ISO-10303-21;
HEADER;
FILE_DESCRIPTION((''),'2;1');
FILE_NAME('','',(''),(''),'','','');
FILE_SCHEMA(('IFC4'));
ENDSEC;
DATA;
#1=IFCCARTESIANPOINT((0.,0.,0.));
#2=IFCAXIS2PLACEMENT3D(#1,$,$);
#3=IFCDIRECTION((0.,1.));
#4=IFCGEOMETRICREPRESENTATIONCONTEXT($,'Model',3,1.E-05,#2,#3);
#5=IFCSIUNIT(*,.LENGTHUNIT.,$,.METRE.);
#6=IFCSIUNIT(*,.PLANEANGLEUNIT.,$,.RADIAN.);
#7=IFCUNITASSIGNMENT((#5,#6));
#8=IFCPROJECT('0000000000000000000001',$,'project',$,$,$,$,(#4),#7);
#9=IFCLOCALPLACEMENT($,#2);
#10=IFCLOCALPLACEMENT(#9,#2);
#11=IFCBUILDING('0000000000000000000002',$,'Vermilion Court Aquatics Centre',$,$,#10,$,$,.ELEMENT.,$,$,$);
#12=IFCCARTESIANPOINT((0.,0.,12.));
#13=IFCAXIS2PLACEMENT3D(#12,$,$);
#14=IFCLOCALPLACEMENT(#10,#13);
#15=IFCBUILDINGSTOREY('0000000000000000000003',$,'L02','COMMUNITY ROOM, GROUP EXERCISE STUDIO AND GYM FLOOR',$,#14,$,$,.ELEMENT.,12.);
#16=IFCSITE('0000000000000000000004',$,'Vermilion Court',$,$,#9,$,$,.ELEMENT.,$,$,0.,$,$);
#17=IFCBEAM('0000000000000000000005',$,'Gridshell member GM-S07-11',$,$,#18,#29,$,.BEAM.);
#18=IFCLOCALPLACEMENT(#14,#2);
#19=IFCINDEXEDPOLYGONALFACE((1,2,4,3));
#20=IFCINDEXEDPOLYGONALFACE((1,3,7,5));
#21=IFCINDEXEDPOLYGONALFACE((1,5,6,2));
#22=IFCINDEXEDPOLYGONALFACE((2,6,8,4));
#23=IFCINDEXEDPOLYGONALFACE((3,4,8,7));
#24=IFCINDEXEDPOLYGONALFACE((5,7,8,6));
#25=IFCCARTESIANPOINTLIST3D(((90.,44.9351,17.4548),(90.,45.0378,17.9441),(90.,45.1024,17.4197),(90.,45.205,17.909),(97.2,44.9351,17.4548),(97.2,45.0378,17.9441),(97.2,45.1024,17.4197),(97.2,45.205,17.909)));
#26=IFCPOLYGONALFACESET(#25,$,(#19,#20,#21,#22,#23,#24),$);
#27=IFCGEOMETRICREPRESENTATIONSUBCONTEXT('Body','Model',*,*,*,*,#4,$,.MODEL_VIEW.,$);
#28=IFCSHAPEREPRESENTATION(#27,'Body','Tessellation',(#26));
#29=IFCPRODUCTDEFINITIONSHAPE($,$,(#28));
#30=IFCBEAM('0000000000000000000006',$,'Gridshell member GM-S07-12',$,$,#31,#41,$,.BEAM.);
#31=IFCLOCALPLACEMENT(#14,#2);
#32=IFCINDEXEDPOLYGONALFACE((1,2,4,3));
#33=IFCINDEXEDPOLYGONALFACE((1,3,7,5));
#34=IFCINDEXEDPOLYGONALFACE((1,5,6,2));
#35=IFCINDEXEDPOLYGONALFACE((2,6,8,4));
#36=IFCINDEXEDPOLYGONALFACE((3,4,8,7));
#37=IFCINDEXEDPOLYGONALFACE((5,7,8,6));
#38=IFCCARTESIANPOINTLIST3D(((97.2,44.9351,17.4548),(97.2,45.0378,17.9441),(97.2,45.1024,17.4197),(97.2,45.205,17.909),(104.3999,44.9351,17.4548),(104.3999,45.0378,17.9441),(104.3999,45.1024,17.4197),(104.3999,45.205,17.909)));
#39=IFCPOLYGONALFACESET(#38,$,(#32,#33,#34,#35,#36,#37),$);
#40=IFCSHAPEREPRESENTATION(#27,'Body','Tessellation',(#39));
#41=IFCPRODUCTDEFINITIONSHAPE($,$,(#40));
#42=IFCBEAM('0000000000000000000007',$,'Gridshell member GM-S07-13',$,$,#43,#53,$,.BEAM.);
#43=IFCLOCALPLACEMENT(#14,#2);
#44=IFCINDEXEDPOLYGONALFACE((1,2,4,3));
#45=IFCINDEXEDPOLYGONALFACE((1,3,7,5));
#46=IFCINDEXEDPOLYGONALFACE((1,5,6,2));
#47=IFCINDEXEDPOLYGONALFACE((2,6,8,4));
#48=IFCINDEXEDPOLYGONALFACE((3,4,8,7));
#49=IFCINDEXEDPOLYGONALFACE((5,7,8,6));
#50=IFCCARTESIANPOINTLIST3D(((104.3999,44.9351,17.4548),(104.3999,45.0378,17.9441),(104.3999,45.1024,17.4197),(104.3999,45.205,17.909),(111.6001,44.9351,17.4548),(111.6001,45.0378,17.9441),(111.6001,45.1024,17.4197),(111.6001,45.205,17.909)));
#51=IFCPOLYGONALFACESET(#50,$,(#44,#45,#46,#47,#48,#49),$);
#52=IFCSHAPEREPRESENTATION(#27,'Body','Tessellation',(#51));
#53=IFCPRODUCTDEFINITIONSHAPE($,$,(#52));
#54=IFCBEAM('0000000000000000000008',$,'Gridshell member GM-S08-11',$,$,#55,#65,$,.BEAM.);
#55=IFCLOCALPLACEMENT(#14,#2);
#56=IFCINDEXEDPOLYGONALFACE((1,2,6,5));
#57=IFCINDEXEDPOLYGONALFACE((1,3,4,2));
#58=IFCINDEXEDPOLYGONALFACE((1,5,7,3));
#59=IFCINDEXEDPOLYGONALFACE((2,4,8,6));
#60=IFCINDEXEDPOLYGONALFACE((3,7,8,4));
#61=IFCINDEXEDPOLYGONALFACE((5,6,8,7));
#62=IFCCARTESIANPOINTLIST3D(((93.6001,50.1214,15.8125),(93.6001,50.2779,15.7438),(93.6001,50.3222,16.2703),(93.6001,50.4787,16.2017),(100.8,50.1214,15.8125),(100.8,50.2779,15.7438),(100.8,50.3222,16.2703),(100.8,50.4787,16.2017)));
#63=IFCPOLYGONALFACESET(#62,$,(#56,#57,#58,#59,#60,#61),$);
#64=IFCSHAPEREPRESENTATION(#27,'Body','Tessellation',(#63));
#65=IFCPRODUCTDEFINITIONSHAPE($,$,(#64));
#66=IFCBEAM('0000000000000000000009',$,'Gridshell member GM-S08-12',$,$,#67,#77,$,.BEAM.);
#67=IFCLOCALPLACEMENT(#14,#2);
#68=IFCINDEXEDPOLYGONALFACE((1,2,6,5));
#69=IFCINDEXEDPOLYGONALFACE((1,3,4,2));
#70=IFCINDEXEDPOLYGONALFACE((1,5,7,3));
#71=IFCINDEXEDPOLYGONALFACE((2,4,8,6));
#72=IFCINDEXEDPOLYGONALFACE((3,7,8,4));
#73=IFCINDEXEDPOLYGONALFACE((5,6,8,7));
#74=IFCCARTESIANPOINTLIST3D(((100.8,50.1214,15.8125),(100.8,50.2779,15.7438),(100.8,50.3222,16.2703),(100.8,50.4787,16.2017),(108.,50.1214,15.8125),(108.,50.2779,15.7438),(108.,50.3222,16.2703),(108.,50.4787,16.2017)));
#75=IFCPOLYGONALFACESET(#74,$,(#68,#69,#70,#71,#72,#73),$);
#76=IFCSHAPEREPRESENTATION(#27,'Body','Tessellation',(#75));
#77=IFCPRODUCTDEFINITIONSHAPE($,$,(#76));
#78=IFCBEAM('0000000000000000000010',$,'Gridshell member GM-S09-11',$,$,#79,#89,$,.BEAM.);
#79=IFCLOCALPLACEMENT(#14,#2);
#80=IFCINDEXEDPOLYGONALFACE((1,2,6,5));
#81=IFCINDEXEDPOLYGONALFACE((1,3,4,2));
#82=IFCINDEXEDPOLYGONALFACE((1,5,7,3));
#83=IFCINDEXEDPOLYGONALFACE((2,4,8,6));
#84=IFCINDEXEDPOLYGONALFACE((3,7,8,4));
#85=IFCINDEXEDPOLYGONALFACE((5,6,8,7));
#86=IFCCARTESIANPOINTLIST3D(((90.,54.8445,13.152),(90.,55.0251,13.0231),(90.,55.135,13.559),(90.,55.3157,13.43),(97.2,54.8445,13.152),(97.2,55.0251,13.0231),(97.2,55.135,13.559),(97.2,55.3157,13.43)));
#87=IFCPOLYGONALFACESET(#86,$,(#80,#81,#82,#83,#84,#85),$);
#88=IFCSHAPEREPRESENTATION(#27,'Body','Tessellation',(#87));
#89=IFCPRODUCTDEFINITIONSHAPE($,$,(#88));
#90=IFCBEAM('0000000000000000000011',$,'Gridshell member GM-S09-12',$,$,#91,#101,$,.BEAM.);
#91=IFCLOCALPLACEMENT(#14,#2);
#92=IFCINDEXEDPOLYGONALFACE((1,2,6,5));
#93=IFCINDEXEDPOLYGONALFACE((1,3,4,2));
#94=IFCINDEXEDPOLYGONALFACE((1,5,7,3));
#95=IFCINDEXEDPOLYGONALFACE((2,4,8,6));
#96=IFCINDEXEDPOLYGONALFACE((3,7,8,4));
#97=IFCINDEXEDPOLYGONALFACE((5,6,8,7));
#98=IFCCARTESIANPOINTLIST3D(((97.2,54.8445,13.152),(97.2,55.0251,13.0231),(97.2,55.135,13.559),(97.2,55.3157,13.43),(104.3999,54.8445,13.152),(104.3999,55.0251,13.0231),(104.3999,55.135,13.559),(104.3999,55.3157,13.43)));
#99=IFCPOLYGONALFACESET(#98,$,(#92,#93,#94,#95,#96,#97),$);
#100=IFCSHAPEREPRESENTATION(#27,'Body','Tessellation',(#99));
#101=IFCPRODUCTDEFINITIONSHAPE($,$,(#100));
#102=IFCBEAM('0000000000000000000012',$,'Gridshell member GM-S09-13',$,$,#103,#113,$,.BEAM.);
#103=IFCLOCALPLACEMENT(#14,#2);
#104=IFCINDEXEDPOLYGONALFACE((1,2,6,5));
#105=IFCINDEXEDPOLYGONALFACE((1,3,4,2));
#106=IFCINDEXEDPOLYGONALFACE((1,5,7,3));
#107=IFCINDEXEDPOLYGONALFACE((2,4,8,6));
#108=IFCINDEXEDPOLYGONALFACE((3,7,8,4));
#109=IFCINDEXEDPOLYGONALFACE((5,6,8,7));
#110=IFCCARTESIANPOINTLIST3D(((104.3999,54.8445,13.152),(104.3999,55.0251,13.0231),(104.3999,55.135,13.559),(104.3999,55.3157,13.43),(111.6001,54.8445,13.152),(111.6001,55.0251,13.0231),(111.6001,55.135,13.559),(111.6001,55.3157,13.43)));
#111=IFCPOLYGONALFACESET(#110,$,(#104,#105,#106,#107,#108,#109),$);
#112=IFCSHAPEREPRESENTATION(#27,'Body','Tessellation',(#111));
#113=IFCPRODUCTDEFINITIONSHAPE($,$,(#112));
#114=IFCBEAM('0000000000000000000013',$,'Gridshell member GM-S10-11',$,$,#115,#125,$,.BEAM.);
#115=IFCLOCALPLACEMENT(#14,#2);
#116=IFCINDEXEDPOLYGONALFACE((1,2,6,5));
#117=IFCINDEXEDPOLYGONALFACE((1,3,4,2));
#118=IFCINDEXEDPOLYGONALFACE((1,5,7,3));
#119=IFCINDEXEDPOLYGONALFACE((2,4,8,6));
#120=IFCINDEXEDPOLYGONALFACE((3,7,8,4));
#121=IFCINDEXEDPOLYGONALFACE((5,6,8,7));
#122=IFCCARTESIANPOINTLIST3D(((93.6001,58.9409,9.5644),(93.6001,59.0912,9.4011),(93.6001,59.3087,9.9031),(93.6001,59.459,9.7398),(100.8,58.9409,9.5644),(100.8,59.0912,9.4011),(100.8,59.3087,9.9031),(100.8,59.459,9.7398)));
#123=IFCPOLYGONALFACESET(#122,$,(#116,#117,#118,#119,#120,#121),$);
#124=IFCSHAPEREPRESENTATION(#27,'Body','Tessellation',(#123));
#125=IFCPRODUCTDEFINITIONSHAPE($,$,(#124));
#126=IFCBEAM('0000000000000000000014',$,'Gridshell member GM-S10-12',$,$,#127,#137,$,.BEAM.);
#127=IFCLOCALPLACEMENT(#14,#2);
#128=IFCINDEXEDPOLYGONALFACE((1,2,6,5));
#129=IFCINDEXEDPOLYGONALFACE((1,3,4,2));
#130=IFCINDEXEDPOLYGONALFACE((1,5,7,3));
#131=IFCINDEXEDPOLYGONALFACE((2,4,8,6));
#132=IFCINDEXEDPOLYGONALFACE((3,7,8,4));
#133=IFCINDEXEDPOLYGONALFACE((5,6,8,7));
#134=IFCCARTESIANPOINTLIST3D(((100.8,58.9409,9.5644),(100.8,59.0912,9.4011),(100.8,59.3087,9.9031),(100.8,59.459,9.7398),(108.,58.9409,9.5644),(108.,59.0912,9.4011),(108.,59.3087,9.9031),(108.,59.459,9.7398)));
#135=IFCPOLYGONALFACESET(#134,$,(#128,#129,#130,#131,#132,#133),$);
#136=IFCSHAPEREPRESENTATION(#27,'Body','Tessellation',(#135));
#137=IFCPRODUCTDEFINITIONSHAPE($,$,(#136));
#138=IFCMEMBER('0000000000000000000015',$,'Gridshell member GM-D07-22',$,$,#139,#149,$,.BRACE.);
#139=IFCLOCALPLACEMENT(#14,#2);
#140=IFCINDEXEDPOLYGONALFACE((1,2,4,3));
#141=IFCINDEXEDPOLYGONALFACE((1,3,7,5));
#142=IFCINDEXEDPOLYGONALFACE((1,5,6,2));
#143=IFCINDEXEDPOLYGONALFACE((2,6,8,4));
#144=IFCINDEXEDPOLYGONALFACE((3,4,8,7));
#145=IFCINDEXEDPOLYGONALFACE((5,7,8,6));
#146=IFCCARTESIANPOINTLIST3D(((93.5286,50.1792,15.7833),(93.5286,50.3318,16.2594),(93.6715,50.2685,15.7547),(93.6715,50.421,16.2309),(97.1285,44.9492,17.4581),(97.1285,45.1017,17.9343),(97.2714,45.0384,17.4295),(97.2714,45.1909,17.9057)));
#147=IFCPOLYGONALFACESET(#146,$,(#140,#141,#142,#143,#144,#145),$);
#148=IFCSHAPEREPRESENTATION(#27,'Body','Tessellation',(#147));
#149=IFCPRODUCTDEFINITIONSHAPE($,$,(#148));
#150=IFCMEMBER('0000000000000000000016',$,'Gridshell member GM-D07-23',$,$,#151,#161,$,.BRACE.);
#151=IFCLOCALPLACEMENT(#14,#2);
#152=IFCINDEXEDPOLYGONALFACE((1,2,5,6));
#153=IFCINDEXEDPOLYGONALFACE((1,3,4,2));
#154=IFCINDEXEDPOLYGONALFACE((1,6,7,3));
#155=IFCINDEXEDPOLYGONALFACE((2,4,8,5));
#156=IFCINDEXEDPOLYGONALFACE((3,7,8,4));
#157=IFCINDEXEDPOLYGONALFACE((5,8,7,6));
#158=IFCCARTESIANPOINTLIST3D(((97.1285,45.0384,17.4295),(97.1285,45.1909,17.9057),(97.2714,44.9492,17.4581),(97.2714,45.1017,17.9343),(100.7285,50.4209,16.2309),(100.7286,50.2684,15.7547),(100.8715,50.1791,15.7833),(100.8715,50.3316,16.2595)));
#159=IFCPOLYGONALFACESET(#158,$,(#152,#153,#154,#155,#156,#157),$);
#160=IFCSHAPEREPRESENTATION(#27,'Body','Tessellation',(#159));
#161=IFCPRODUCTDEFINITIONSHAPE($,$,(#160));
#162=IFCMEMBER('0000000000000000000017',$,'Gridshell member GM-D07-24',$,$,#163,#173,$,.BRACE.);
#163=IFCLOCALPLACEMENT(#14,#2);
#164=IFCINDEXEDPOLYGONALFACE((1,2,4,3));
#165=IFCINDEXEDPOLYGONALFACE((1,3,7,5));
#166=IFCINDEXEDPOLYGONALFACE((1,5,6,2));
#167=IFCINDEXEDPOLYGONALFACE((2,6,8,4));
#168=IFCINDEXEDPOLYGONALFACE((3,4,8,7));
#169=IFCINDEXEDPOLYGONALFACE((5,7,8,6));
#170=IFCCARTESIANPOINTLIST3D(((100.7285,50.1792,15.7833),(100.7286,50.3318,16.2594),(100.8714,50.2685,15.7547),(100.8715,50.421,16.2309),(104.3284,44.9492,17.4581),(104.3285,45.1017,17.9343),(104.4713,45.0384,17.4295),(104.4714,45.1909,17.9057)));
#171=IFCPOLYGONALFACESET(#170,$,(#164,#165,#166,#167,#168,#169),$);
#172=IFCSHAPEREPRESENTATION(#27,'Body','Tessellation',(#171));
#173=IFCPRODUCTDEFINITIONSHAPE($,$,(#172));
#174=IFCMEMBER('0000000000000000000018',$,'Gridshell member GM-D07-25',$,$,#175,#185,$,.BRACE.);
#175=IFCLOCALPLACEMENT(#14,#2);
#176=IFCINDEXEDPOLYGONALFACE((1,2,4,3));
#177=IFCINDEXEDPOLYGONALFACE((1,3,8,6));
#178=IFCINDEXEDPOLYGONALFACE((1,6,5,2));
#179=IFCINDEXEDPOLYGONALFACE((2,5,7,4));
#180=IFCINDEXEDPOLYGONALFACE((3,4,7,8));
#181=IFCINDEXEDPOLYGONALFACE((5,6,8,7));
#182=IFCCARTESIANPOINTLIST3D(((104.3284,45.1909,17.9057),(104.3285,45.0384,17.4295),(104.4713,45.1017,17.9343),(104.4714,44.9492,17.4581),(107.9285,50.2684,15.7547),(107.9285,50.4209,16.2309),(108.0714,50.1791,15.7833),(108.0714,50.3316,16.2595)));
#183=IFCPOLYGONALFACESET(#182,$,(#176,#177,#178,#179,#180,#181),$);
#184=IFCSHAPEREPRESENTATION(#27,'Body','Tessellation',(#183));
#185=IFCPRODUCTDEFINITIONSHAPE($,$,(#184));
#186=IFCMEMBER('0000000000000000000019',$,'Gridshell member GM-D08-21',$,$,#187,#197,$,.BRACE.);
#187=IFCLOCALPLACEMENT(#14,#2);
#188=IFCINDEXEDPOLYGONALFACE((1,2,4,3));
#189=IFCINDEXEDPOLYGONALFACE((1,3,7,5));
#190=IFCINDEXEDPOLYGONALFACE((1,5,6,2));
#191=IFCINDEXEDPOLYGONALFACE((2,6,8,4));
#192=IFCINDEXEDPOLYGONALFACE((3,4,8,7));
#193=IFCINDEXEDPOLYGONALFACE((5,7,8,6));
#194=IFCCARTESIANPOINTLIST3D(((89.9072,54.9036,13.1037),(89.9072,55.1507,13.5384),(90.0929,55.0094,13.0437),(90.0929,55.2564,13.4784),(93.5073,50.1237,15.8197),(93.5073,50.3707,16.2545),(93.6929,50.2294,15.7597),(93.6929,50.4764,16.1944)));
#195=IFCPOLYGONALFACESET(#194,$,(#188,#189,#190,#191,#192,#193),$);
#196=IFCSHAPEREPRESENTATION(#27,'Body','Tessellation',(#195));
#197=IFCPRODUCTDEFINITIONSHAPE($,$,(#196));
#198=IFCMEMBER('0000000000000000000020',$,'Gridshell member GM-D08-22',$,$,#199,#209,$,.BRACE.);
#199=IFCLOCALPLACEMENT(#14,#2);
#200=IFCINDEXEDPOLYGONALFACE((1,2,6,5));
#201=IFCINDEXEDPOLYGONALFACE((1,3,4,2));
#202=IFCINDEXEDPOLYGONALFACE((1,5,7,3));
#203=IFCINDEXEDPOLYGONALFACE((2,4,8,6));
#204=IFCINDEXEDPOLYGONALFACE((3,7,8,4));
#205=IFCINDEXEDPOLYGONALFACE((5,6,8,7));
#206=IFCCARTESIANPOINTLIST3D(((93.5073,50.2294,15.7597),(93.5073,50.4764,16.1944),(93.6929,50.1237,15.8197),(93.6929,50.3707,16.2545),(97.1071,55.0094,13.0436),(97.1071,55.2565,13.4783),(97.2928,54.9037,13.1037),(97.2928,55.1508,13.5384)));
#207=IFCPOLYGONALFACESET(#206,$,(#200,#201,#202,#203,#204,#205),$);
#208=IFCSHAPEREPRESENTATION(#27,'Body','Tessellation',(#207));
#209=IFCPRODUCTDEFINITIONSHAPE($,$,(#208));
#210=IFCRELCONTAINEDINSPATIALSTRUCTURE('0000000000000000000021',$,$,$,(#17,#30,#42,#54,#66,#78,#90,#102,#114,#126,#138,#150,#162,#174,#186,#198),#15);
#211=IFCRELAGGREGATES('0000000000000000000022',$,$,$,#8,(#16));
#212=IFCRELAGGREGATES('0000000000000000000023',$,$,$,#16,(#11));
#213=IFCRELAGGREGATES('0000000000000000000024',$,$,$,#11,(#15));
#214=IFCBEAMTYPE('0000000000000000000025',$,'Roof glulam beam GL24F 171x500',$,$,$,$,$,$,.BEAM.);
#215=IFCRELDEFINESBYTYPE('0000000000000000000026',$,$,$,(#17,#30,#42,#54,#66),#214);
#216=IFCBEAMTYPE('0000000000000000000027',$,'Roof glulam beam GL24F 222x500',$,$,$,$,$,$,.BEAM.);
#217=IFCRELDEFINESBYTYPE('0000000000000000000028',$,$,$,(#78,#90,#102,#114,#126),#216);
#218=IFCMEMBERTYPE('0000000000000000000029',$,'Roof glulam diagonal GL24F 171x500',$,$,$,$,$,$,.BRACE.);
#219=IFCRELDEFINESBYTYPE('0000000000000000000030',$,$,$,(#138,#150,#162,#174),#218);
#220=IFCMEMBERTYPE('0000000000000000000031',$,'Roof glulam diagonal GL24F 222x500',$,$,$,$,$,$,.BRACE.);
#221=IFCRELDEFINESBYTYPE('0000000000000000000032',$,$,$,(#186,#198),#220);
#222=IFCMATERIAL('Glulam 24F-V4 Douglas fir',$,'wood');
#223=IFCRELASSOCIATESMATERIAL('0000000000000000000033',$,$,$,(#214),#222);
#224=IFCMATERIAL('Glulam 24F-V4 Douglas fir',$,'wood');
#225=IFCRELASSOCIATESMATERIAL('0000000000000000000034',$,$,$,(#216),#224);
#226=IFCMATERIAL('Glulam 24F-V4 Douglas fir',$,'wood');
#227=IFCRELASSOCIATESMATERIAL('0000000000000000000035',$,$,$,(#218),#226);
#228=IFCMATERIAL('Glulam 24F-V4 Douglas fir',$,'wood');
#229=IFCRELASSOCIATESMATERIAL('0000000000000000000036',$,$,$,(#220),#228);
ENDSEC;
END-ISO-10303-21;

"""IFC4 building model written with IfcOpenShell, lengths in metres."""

from ifc_helpers import new_model, si_unit, direction, frame, origin, origin_2d, place, context, subcontext, project, spatial, rectangle, extrude, material, material_profile, profile_set, type_object, element, save


model = new_model("IFC4")

# Units and contexts
model_context = context("Model", 3, precision=1e-05, world=origin(), true_north=direction((0.0, 1.0)))
body_context = subcontext(model_context, "Body", "Model", "MODEL_VIEW")
ifc_project = project(units=[si_unit("LENGTHUNIT", "METRE"), si_unit("PLANEANGLEUNIT", "RADIAN")], contexts=[model_context])

# Site, building, storey
site_placement = place(None, origin())
site = spatial("IfcSite", under=ifc_project, at=site_placement, Name="Vermilion Court", CompositionType="ELEMENT", RefElevation=0.0)
building_placement = place(site_placement, origin())
building = spatial("IfcBuilding", under=site, at=building_placement, Name="Vermilion Court Aquatics Centre", CompositionType="ELEMENT")
storey_placement = place(building_placement, frame((0.0, 0.0, 12.0)))
storey = spatial("IfcBuildingStorey", under=building, at=storey_placement, Name="L02", Description="COMMUNITY ROOM, GROUP EXERCISE STUDIO AND GYM FLOOR", CompositionType="ELEMENT", Elevation=12.0)

# Beams
ifc_material_1 = material(Name="Glulam 24F-V4 Douglas fir", Category="wood")
ifc_material_profile_1 = material_profile(ifc_material_1, rectangle(XDim=0.1709, YDim=0.5, at=origin_2d()), Name="GL24F 171x500")
ifc_profile_set_1 = profile_set([ifc_material_profile_1], Name="Glulam 24F-V4 Douglas fir")
beam_type_1 = type_object("IfcBeamType", Name="Roof glulam beam GL24F 171x500", PredefinedType="BEAM", material=ifc_profile_set_1)
for number, where, z_axis, x_axis, name in (
    (1, (90.0, 45.0701, 17.6819), (1.0, 0.0, 0.0), (0.0, 0.978692, -0.205333), "Gridshell member GM-S07-11"),
    (2, (97.2, 45.0701, 17.6819), (1.0, 0.0, 0.0), (0.0, 0.978692, -0.205333), "Gridshell member GM-S07-12"),
):
    element("IfcBeam", number, at=place(storey_placement, frame(where, z_axis=z_axis, x_axis=x_axis)), inside=storey, type_object=beam_type_1, Name=name, PredefinedType="BEAM", context=body_context, shape_type="SweptSolid", body=[
        extrude(rectangle(XDim=0.1709, YDim=0.5, at=origin_2d()), origin(), (0.0, 0.0, 1.0), 7.2),
    ])
beam_1_placement = place(storey_placement, frame((104.3999, 45.0701, 17.6819), z_axis=(1.0, 0.0, 0.0), x_axis=(0.0, 0.978692, -0.205333)))
element("IfcBeam", 3, at=beam_1_placement, inside=storey, type_object=beam_type_1, Name="Gridshell member GM-S07-13", PredefinedType="BEAM", context=body_context, shape_type="SweptSolid", body=[
    extrude(rectangle(XDim=0.1709, YDim=0.5, at=origin_2d()), origin(), (0.0, 0.0, 1.0), 7.2002),
])
for number, where, z_axis, x_axis, name in (
    (4, (93.6001, 50.3, 16.0071), (1.0, 0.0, 0.0), (0.0, 0.915794, -0.401648), "Gridshell member GM-S08-11"),
    (5, (100.8, 50.3, 16.0071), (1.0, 0.0, 0.0), (0.0, 0.915794, -0.401648), "Gridshell member GM-S08-12"),
):
    element("IfcBeam", number, at=place(storey_placement, frame(where, z_axis=z_axis, x_axis=x_axis)), inside=storey, type_object=beam_type_1, Name=name, PredefinedType="BEAM", context=body_context, shape_type="SweptSolid", body=[
        extrude(rectangle(XDim=0.1709, YDim=0.5, at=origin_2d()), origin(), (0.0, 0.0, 1.0), 7.2),
    ])
ifc_material_2 = material(Name="Glulam 24F-V4 Douglas fir", Category="wood")
ifc_material_profile_2 = material_profile(ifc_material_2, rectangle(XDim=0.2219, YDim=0.5, at=origin_2d()), Name="GL24F 222x500")
ifc_profile_set_2 = profile_set([ifc_material_profile_2], Name="Glulam 24F-V4 Douglas fir")
beam_type_2 = type_object("IfcBeamType", Name="Roof glulam beam GL24F 222x500", PredefinedType="BEAM", material=ifc_profile_set_2)
for number, where, z_axis, x_axis, name in (
    (6, (90.0, 55.0801, 13.291), (1.0, 0.0, 0.0), (0.0, 0.813848, -0.581078), "Gridshell member GM-S09-11"),
    (7, (97.2, 55.0801, 13.291), (1.0, 0.0, 0.0), (0.0, 0.813848, -0.581078), "Gridshell member GM-S09-12"),
):
    element("IfcBeam", number, at=place(storey_placement, frame(where, z_axis=z_axis, x_axis=x_axis)), inside=storey, type_object=beam_type_2, Name=name, PredefinedType="BEAM", context=body_context, shape_type="SweptSolid", body=[
        extrude(rectangle(XDim=0.2219, YDim=0.5, at=origin_2d()), origin(), (0.0, 0.0, 1.0), 7.2),
    ])
beam_2_placement = place(storey_placement, frame((104.3999, 55.0801, 13.291), z_axis=(1.0, 0.0, 0.0), x_axis=(0.0, 0.813848, -0.581078)))
element("IfcBeam", 8, at=beam_2_placement, inside=storey, type_object=beam_type_2, Name="Gridshell member GM-S09-13", PredefinedType="BEAM", context=body_context, shape_type="SweptSolid", body=[
    extrude(rectangle(XDim=0.2219, YDim=0.5, at=origin_2d()), origin(), (0.0, 0.0, 1.0), 7.2002),
])
for number, where, z_axis, x_axis, name in (
    (9, (93.6001, 59.2, 9.6521), (1.0, 0.0, 0.0), (0.0, 0.67726, -0.735744), "Gridshell member GM-S10-11"),
    (10, (100.8, 59.2, 9.6521), (1.0, 0.0, 0.0), (0.0, 0.67726, -0.735744), "Gridshell member GM-S10-12"),
):
    element("IfcBeam", number, at=place(storey_placement, frame(where, z_axis=z_axis, x_axis=x_axis)), inside=storey, type_object=beam_type_2, Name=name, PredefinedType="BEAM", context=body_context, shape_type="SweptSolid", body=[
        extrude(rectangle(XDim=0.2219, YDim=0.5, at=origin_2d()), origin(), (0.0, 0.0, 1.0), 7.2),
    ])

# Members
ifc_material_3 = material(Name="Glulam 24F-V4 Douglas fir", Category="wood")
ifc_material_profile_3 = material_profile(ifc_material_3, rectangle(XDim=0.1709, YDim=0.5, at=origin_2d()), Name="GL24F 171x500")
ifc_profile_set_3 = profile_set([ifc_material_profile_3], Name="Glulam 24F-V4 Douglas fir")
member_type_1 = type_object("IfcMemberType", Name="Roof glulam diagonal GL24F 171x500", PredefinedType="BRACE", material=ifc_profile_set_3)
for number, where, z_axis, x_axis, name in (
    (11, (97.2, 45.0701, 17.6819), (-0.54823, 0.796485, -0.25506), (-0.836328, -0.522086, 0.167278), "Gridshell member GM-D07-22"),
    (12, (97.2, 45.0701, 17.6819), (0.548256, 0.796469, -0.255055), (-0.836311, 0.522113, -0.167278), "Gridshell member GM-D07-23"),
    (13, (104.3999, 45.0701, 17.6819), (-0.54823, 0.796485, -0.25506), (-0.836328, -0.522086, 0.167278), "Gridshell member GM-D07-24"),
    (14, (104.3999, 45.0701, 17.6819), (0.548256, 0.796469, -0.255055), (-0.836311, 0.522113, -0.167278), "Gridshell member GM-D07-25"),
):
    element("IfcMember", number, at=place(storey_placement, frame(where, z_axis=z_axis, x_axis=x_axis)), inside=storey, type_object=member_type_1, Name=name, PredefinedType="BRACE", context=body_context, shape_type="SweptSolid", body=[
        extrude(rectangle(XDim=0.1709, YDim=0.5, at=origin_2d()), origin(), (0.0, 0.0, 1.0), 6.5664),
    ])
ifc_material_4 = material(Name="Glulam 24F-V4 Douglas fir", Category="wood")
ifc_material_profile_4 = material_profile(ifc_material_4, rectangle(XDim=0.2219, YDim=0.5, at=origin_2d()), Name="GL24F 222x500")
ifc_profile_set_4 = profile_set([ifc_material_profile_4], Name="Glulam 24F-V4 Douglas fir")
member_type_2 = type_object("IfcMemberType", Name="Roof glulam diagonal GL24F 222x500", PredefinedType="BRACE", material=ifc_profile_set_4)
for number, where, z_axis, x_axis, name in (
    (15, (93.6001, 50.3, 16.0071), (-0.547824, 0.727373, -0.413301), (-0.836594, -0.476314, 0.270621), "Gridshell member GM-D08-21"),
    (16, (93.6001, 50.3, 16.0071), (0.547798, 0.727388, -0.41331), (-0.836611, 0.476285, -0.27062), "Gridshell member GM-D08-22"),
):
    element("IfcMember", number, at=place(storey_placement, frame(where, z_axis=z_axis, x_axis=x_axis)), inside=storey, type_object=member_type_2, Name=name, PredefinedType="BRACE", context=body_context, shape_type="SweptSolid", body=[
        extrude(rectangle(XDim=0.2219, YDim=0.5, at=origin_2d()), origin(), (0.0, 0.0, 1.0), 6.5715),
    ])

save(model, "model.ifc")
